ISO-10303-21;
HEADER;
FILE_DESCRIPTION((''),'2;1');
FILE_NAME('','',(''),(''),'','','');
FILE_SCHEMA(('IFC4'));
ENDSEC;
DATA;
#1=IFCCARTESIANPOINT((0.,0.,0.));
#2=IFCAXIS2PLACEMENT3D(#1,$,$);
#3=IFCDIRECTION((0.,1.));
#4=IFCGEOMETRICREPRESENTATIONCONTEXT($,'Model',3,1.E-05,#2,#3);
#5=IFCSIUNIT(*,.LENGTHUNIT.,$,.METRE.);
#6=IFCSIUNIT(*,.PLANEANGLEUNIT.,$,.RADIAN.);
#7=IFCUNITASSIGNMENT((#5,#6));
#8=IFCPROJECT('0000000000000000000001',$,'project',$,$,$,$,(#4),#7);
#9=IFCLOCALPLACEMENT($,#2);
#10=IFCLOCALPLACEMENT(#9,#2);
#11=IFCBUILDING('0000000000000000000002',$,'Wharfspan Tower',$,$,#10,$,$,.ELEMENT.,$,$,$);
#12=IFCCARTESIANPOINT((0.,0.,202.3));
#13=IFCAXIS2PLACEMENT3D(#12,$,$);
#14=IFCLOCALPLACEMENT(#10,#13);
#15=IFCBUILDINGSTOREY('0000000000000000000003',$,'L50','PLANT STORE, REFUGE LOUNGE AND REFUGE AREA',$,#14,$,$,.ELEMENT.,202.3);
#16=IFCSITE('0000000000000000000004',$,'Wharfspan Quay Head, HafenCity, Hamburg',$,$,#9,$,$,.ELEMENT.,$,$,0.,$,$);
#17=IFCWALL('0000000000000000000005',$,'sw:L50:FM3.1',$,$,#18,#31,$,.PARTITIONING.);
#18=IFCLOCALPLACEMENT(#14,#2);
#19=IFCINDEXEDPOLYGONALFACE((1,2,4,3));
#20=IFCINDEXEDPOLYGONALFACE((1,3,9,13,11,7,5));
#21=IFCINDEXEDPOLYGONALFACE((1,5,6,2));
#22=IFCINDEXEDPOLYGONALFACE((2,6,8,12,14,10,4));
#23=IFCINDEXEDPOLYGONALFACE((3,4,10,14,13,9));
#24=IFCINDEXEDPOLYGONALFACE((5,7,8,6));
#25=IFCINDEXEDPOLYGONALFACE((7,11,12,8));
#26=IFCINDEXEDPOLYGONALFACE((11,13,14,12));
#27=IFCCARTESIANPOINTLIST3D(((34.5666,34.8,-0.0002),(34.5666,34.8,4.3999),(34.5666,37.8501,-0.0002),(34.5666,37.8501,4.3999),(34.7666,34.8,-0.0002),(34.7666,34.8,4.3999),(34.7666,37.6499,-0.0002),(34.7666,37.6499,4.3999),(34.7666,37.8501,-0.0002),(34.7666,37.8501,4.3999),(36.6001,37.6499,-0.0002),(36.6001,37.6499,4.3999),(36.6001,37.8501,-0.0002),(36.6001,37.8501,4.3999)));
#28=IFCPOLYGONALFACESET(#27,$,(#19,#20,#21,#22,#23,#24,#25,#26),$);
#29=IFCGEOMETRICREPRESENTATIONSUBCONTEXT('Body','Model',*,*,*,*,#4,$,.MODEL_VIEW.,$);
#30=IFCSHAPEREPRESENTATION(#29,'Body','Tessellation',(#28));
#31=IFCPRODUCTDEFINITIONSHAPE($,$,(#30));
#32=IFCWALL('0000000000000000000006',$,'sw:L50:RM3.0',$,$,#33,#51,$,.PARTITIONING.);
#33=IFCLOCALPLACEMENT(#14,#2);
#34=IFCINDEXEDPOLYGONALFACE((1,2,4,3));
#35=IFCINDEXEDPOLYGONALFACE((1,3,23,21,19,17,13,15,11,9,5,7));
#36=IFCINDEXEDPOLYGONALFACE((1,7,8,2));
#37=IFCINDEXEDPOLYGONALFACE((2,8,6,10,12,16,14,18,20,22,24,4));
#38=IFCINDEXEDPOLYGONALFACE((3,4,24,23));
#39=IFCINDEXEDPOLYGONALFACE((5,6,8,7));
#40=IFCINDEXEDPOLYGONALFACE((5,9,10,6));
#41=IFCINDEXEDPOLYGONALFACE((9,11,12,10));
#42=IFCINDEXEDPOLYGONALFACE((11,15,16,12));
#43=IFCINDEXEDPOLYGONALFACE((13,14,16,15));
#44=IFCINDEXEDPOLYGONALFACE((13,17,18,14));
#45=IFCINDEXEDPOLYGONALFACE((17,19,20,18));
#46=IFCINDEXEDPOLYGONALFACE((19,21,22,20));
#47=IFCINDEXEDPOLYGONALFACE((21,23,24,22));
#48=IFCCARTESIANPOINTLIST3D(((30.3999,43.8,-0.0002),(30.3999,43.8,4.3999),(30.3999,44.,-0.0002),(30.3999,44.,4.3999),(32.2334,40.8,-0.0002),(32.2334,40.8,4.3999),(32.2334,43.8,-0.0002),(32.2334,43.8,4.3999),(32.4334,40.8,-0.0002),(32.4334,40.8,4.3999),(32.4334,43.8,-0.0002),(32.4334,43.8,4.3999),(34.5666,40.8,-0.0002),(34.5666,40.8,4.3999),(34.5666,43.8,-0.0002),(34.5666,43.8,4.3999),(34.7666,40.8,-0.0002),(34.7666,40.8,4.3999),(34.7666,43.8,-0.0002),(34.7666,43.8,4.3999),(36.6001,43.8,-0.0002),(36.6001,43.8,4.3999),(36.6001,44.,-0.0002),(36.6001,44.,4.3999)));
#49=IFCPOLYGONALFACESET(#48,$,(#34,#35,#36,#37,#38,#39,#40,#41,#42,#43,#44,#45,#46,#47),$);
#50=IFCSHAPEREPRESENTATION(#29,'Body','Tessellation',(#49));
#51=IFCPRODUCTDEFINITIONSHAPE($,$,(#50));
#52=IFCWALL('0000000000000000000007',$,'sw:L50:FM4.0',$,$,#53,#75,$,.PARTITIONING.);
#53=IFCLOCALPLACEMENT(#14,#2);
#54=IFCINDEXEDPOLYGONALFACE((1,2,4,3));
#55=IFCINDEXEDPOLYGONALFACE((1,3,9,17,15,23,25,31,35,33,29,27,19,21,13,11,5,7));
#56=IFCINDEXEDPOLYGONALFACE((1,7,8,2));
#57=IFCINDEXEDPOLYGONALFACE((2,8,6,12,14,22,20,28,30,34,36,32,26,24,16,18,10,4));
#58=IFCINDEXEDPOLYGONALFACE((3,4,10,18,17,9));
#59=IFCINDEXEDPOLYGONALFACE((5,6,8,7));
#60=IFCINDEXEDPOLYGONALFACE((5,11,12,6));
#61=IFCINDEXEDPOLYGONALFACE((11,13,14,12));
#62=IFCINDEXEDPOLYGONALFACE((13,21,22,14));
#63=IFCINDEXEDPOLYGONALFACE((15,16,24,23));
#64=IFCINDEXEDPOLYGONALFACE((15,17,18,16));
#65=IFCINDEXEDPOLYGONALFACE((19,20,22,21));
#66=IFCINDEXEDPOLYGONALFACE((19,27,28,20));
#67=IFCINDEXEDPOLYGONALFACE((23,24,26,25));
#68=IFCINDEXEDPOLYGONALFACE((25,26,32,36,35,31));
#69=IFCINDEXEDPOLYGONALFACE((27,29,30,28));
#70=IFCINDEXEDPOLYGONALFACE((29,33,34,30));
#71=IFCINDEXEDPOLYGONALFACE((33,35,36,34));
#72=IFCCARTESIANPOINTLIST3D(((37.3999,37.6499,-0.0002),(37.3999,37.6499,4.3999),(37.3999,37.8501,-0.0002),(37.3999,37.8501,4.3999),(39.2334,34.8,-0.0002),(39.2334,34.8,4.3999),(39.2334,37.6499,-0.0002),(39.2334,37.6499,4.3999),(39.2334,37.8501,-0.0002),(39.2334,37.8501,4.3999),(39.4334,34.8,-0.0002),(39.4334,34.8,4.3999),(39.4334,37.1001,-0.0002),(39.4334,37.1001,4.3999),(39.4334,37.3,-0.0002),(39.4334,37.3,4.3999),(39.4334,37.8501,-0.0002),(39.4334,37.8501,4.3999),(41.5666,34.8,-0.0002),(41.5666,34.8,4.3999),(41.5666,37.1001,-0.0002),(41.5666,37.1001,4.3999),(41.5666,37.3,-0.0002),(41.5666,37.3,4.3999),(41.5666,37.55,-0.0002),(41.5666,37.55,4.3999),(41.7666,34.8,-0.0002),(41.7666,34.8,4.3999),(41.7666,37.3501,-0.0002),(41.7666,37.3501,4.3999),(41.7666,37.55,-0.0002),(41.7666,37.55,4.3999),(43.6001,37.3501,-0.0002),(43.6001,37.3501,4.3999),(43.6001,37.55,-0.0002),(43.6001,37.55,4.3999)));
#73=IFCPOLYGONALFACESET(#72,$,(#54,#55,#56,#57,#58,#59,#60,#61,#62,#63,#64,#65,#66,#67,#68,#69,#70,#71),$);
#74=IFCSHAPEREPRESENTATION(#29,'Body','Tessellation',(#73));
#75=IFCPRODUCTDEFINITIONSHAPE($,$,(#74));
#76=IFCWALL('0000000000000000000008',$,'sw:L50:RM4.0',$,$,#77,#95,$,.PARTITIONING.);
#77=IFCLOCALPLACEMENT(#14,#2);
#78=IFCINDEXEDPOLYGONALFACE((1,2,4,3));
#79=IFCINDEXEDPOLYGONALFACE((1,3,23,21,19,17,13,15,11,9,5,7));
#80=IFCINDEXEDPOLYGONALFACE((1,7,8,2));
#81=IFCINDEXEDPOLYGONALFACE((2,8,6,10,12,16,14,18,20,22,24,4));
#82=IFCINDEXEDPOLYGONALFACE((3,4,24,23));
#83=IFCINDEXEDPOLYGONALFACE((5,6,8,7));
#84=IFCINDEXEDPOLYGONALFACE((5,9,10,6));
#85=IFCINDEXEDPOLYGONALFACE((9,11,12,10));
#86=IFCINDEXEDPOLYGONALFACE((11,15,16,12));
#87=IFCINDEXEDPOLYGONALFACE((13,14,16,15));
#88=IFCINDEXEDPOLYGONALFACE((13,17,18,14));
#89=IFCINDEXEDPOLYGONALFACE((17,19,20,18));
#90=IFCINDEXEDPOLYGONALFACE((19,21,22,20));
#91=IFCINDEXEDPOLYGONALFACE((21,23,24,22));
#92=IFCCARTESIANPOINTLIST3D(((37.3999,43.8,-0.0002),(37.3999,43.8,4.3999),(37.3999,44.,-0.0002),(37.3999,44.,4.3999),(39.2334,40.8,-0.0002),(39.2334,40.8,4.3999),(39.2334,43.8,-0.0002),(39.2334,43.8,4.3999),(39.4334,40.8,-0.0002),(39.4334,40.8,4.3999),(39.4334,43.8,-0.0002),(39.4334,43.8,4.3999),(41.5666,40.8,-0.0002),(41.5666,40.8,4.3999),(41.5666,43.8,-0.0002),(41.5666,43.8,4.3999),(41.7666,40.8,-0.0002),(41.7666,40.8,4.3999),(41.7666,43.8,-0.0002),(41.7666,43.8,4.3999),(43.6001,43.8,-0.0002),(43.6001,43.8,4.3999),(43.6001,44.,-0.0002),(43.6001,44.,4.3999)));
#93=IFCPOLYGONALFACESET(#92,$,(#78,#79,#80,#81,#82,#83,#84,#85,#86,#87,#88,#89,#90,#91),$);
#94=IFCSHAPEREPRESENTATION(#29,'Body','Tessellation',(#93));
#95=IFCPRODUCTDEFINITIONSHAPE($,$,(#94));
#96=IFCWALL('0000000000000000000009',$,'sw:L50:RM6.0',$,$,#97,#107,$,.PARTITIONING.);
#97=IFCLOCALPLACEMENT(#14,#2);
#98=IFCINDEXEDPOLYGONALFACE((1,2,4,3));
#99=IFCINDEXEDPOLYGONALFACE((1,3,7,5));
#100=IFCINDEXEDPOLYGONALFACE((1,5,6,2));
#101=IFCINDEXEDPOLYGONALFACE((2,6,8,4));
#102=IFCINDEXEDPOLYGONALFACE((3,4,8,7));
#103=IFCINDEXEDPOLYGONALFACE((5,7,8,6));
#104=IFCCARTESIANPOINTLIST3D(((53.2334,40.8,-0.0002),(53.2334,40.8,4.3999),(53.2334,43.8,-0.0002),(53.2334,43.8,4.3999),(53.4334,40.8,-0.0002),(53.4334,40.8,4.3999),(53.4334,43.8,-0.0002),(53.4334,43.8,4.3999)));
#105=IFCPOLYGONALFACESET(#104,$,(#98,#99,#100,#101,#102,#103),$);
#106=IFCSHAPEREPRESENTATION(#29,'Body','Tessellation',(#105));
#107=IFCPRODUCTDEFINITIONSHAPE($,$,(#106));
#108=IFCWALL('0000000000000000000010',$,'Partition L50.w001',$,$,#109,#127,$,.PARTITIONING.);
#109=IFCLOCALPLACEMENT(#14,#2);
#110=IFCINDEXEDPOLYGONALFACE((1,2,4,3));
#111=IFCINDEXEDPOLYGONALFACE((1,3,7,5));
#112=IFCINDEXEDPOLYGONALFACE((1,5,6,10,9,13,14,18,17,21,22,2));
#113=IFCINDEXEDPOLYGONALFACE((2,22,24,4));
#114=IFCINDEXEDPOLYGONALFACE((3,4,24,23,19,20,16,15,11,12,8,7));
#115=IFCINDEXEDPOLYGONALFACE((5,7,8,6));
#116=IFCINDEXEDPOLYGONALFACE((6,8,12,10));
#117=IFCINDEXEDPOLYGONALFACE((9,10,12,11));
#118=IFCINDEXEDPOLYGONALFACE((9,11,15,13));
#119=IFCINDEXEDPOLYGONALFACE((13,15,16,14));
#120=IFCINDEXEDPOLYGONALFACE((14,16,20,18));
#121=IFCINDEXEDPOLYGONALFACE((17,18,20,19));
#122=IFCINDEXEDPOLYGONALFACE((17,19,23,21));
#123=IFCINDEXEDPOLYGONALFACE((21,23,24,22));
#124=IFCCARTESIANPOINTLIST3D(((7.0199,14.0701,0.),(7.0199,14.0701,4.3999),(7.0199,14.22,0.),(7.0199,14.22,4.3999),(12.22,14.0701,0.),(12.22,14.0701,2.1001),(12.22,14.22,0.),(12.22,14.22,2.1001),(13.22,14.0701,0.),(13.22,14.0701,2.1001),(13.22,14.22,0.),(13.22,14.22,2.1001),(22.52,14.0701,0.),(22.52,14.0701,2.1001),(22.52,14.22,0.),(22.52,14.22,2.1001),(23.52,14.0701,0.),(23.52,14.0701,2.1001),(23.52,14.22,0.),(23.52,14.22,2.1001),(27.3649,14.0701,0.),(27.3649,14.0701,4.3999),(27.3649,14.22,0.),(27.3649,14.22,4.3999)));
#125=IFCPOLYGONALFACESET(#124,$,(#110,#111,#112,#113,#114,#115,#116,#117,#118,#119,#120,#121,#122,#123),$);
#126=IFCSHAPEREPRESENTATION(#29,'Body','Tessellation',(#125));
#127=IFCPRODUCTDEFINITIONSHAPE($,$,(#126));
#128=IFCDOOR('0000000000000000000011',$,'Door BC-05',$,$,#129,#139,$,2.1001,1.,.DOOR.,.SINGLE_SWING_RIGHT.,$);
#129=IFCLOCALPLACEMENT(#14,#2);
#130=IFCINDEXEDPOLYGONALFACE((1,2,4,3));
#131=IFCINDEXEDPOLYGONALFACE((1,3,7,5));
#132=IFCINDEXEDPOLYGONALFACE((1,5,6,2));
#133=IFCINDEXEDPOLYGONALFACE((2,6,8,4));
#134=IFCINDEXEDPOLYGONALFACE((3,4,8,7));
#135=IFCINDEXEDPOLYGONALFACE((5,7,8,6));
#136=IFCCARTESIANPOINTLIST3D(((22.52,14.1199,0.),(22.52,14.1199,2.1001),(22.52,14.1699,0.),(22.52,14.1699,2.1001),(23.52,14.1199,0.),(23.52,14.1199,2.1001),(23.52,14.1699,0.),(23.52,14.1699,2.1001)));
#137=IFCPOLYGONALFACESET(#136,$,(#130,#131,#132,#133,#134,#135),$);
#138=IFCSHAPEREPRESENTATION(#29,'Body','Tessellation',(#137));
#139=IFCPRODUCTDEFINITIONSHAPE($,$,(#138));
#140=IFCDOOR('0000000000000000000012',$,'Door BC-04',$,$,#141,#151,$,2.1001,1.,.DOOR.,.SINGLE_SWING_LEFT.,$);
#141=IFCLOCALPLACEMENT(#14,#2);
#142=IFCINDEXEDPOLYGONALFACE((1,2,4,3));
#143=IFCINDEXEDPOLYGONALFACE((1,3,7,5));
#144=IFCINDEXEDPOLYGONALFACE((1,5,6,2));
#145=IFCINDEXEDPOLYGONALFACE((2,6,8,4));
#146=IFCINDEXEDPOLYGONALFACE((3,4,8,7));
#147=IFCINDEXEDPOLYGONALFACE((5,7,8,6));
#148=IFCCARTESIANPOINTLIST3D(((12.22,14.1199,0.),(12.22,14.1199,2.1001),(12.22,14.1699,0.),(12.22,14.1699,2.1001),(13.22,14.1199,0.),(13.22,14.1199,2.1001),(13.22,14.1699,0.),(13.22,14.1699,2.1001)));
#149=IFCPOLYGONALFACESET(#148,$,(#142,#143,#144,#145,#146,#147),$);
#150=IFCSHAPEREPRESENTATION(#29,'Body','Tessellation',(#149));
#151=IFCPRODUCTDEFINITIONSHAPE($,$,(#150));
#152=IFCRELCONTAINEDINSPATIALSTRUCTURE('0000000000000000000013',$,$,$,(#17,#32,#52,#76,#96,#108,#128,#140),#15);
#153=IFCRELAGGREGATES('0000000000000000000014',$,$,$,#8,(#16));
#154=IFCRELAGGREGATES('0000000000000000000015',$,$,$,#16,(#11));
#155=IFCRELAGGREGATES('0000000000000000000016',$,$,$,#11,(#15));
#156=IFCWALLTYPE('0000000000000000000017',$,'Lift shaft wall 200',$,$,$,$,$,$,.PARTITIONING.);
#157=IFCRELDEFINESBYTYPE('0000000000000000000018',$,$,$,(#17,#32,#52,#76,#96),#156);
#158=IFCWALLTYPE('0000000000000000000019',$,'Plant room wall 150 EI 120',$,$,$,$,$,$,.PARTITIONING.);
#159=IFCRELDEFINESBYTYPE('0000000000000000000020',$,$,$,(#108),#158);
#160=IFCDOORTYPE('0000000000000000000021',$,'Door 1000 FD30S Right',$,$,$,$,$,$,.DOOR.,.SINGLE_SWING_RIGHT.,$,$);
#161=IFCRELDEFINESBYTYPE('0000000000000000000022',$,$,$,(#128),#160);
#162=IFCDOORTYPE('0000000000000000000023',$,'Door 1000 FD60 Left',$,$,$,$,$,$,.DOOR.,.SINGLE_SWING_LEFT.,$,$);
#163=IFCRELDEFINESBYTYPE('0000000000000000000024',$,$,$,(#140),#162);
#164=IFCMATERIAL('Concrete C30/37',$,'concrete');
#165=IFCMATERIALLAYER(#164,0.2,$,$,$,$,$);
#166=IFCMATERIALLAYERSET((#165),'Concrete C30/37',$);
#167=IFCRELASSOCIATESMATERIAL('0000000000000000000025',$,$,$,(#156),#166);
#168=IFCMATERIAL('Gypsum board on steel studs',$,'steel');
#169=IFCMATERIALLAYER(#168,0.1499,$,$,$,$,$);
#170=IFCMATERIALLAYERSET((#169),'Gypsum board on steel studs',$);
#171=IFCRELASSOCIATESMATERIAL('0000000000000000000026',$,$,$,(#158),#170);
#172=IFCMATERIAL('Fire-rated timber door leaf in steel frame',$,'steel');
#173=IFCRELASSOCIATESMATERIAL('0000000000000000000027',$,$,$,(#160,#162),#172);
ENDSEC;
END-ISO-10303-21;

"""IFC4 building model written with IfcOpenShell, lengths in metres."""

from ifc_helpers import new_model, si_unit, direction, frame, frame_2d, origin, place, context, subcontext, project, spatial, polyline, rectangle, outline, extrude, material, layer, layer_set, type_object, element, fill, save


model = new_model("IFC4")

# Units and contexts
model_context = context("Model", 3, precision=1e-05, world=origin(), true_north=direction((0.0, 1.0)))
body_context = subcontext(model_context, "Body", "Model", "MODEL_VIEW")
ifc_project = project(units=[si_unit("LENGTHUNIT", "METRE"), si_unit("PLANEANGLEUNIT", "RADIAN")], contexts=[model_context])

# Site, building, storey
site_placement = place(None, origin())
site = spatial("IfcSite", under=ifc_project, at=site_placement, Name="Wharfspan Quay Head, HafenCity, Hamburg", CompositionType="ELEMENT", RefElevation=0.0)
building_placement = place(site_placement, origin())
building = spatial("IfcBuilding", under=site, at=building_placement, Name="Wharfspan Tower", CompositionType="ELEMENT")
storey_placement = place(building_placement, frame((0.0, 0.0, 202.3)))
storey = spatial("IfcBuildingStorey", under=building, at=storey_placement, Name="L50", Description="PLANT STORE, REFUGE LOUNGE AND REFUGE AREA", CompositionType="ELEMENT", Elevation=202.3)

# Walls
ifc_material_1 = material(Name="Concrete C30/37", Category="concrete")
ifc_layer_1 = layer(ifc_material_1, 0.2)
ifc_layer_set_1 = layer_set([ifc_layer_1], Name="Concrete C30/37")
wall_type_1 = type_object("IfcWallType", Name="Lift shaft wall 200", PredefinedType="PARTITIONING", material=ifc_layer_set_1)
wall_1_placement = place(storey_placement, frame((0.0, 0.0, -0.0002)))
element("IfcWall", 1, at=wall_1_placement, inside=storey, type_object=wall_type_1, Name="sw:L50:FM3.1", PredefinedType="PARTITIONING", context=body_context, shape_type="SweptSolid", body=[
    extrude(outline(polyline([(34.5667, 37.8501), (34.7666, 37.8501), (36.6001, 37.8501), (36.6001, 37.6499), (34.7666, 37.6499), (34.7666, 34.8), (34.5667, 34.8), (34.5667, 37.8501)])), origin(), (0.0, 0.0, 1.0), 4.4001),
])
wall_2_placement = place(storey_placement, frame((0.0, 0.0, -0.0002)))
element("IfcWall", 2, at=wall_2_placement, inside=storey, type_object=wall_type_1, Name="sw:L50:RM3.0", PredefinedType="PARTITIONING", context=body_context, shape_type="SweptSolid", body=[
    extrude(outline(polyline([(32.4333, 40.8), (32.2334, 40.8), (32.2334, 43.8), (30.3999, 43.8), (30.3999, 44.0), (36.6001, 44.0), (36.6001, 43.8), (34.7666, 43.8), (34.7666, 40.8), (34.5667, 40.8), (34.5667, 43.8), (32.4333, 43.8), (32.4333, 40.8)])), origin(), (0.0, 0.0, 1.0), 4.4001),
])
wall_3_placement = place(storey_placement, frame((0.0, 0.0, -0.0002)))
element("IfcWall", 3, at=wall_3_placement, inside=storey, type_object=wall_type_1, Name="sw:L50:FM4.0", PredefinedType="PARTITIONING", context=body_context, shape_type="SweptSolid", body=[
    extrude(outline(polyline([(41.5667, 37.1001), (39.4333, 37.1001), (39.4333, 34.8), (39.2334, 34.8), (39.2334, 37.6499), (37.3999, 37.6499), (37.3999, 37.8501), (39.2334, 37.8501), (39.4333, 37.8501), (39.4333, 37.3), (41.5667, 37.3), (41.5667, 37.55), (41.7666, 37.55), (43.6001, 37.55), (43.6001, 37.3501), (41.7666, 37.3501), (41.7666, 34.8), (41.5667, 34.8), (41.5667, 37.1001)])), origin(), (0.0, 0.0, 1.0), 4.4001),
])
wall_4_placement = place(storey_placement, frame((0.0, 0.0, -0.0002)))
element("IfcWall", 4, at=wall_4_placement, inside=storey, type_object=wall_type_1, Name="sw:L50:RM4.0", PredefinedType="PARTITIONING", context=body_context, shape_type="SweptSolid", body=[
    extrude(outline(polyline([(39.4333, 40.8), (39.2334, 40.8), (39.2334, 43.8), (37.3999, 43.8), (37.3999, 44.0), (43.6001, 44.0), (43.6001, 43.8), (41.7666, 43.8), (41.7666, 40.8), (41.5667, 40.8), (41.5667, 43.8), (39.4333, 43.8), (39.4333, 40.8)])), origin(), (0.0, 0.0, 1.0), 4.4001),
])
wall_5_placement = place(storey_placement, frame((0.0, 0.0, -0.0002)))
element("IfcWall", 5, at=wall_5_placement, inside=storey, type_object=wall_type_1, Name="sw:L50:RM6.0", PredefinedType="PARTITIONING", context=body_context, shape_type="SweptSolid", body=[
    extrude(outline(polyline([(53.4333, 40.8), (53.4333, 43.8), (53.2334, 43.8), (53.2334, 40.8), (53.4333, 40.8)])), origin(), (0.0, 0.0, 1.0), 4.4001),
])

# Wall, openings, doors
ifc_material_2 = material(Name="Gypsum board on steel studs", Category="steel")
ifc_layer_2 = layer(ifc_material_2, 0.1499)
ifc_layer_set_2 = layer_set([ifc_layer_2], Name="Gypsum board on steel studs")
wall_type_2 = type_object("IfcWallType", Name="Plant room wall 150 EI 120", PredefinedType="PARTITIONING", material=ifc_layer_set_2)
wall_6_placement = place(storey_placement, frame((7.02, 14.145, 0.0), z_axis=(0.0, 0.0, 1.0), x_axis=(1.0, 0.0, 0.0)))
wall_6 = element("IfcWall", 6, at=wall_6_placement, inside=storey, type_object=wall_type_2, Name="Partition L50.w001", PredefinedType="PARTITIONING", context=body_context, shape_type="SweptSolid", body=[
    extrude(rectangle(XDim=20.345, YDim=0.1499, at=frame_2d((10.1724, 0.0))), origin(), (0.0, 0.0, 1.0), 4.3999),
])
opening_1_placement = place(wall_6_placement, frame((5.2, 0.0, 0.0)))
opening_1 = element("IfcOpeningElement", 7, at=opening_1_placement, cuts=wall_6, PredefinedType="OPENING", context=body_context, shape_type="SweptSolid", body=[
    extrude(rectangle(XDim=1.0, YDim=2.1001, at=frame_2d((0.5, 1.05))), frame((0.0, 0.085, 0.0), z_axis=(0.0, -1.0, 0.0), x_axis=(1.0, 0.0, 0.0)), (0.0, 0.0, 1.0), 0.1699),
])
opening_2_placement = place(wall_6_placement, frame((15.5, 0.0, 0.0)))
opening_2 = element("IfcOpeningElement", 8, at=opening_2_placement, cuts=wall_6, PredefinedType="OPENING", context=body_context, shape_type="SweptSolid", body=[
    extrude(rectangle(XDim=1.0, YDim=2.1001, at=frame_2d((0.5, 1.05))), frame((0.0, 0.085, 0.0), z_axis=(0.0, -1.0, 0.0), x_axis=(1.0, 0.0, 0.0)), (0.0, 0.0, 1.0), 0.1699),
])
ifc_material_3 = material(Name="Fire-rated timber door leaf in steel frame", Category="steel")
door_type_1 = type_object("IfcDoorType", Name="Door 1000 FD30S Right", OperationType="SINGLE_SWING_RIGHT", PredefinedType="DOOR", material=ifc_material_3)
door_1_placement = place(opening_2_placement, origin())
door_1 = element("IfcDoor", 9, at=door_1_placement, inside=storey, type_object=door_type_1, Name="Door BC-05", OperationType="SINGLE_SWING_RIGHT", OverallHeight=2.1001, OverallWidth=1.0, PredefinedType="DOOR", context=body_context, shape_type="SweptSolid", body=[
    extrude(rectangle(XDim=1.0, YDim=2.1001, at=frame_2d((0.5, 1.05))), frame((0.0, 0.0249, 0.0), z_axis=(0.0, -1.0, 0.0), x_axis=(1.0, 0.0, 0.0)), (0.0, 0.0, 1.0), 0.05),
])
fill(opening_2, door_1)
door_type_2 = type_object("IfcDoorType", Name="Door 1000 FD60 Left", OperationType="SINGLE_SWING_LEFT", PredefinedType="DOOR", material=ifc_material_3)
door_2_placement = place(opening_1_placement, origin())
door_2 = element("IfcDoor", 10, at=door_2_placement, inside=storey, type_object=door_type_2, Name="Door BC-04", OperationType="SINGLE_SWING_LEFT", OverallHeight=2.1001, OverallWidth=1.0, PredefinedType="DOOR", context=body_context, shape_type="SweptSolid", body=[
    extrude(rectangle(XDim=1.0, YDim=2.1001, at=frame_2d((0.5, 1.05))), frame((0.0, 0.0249, 0.0), z_axis=(0.0, -1.0, 0.0), x_axis=(1.0, 0.0, 0.0)), (0.0, 0.0, 1.0), 0.05),
])
fill(opening_1, door_2)

save(model, "model.ifc")
